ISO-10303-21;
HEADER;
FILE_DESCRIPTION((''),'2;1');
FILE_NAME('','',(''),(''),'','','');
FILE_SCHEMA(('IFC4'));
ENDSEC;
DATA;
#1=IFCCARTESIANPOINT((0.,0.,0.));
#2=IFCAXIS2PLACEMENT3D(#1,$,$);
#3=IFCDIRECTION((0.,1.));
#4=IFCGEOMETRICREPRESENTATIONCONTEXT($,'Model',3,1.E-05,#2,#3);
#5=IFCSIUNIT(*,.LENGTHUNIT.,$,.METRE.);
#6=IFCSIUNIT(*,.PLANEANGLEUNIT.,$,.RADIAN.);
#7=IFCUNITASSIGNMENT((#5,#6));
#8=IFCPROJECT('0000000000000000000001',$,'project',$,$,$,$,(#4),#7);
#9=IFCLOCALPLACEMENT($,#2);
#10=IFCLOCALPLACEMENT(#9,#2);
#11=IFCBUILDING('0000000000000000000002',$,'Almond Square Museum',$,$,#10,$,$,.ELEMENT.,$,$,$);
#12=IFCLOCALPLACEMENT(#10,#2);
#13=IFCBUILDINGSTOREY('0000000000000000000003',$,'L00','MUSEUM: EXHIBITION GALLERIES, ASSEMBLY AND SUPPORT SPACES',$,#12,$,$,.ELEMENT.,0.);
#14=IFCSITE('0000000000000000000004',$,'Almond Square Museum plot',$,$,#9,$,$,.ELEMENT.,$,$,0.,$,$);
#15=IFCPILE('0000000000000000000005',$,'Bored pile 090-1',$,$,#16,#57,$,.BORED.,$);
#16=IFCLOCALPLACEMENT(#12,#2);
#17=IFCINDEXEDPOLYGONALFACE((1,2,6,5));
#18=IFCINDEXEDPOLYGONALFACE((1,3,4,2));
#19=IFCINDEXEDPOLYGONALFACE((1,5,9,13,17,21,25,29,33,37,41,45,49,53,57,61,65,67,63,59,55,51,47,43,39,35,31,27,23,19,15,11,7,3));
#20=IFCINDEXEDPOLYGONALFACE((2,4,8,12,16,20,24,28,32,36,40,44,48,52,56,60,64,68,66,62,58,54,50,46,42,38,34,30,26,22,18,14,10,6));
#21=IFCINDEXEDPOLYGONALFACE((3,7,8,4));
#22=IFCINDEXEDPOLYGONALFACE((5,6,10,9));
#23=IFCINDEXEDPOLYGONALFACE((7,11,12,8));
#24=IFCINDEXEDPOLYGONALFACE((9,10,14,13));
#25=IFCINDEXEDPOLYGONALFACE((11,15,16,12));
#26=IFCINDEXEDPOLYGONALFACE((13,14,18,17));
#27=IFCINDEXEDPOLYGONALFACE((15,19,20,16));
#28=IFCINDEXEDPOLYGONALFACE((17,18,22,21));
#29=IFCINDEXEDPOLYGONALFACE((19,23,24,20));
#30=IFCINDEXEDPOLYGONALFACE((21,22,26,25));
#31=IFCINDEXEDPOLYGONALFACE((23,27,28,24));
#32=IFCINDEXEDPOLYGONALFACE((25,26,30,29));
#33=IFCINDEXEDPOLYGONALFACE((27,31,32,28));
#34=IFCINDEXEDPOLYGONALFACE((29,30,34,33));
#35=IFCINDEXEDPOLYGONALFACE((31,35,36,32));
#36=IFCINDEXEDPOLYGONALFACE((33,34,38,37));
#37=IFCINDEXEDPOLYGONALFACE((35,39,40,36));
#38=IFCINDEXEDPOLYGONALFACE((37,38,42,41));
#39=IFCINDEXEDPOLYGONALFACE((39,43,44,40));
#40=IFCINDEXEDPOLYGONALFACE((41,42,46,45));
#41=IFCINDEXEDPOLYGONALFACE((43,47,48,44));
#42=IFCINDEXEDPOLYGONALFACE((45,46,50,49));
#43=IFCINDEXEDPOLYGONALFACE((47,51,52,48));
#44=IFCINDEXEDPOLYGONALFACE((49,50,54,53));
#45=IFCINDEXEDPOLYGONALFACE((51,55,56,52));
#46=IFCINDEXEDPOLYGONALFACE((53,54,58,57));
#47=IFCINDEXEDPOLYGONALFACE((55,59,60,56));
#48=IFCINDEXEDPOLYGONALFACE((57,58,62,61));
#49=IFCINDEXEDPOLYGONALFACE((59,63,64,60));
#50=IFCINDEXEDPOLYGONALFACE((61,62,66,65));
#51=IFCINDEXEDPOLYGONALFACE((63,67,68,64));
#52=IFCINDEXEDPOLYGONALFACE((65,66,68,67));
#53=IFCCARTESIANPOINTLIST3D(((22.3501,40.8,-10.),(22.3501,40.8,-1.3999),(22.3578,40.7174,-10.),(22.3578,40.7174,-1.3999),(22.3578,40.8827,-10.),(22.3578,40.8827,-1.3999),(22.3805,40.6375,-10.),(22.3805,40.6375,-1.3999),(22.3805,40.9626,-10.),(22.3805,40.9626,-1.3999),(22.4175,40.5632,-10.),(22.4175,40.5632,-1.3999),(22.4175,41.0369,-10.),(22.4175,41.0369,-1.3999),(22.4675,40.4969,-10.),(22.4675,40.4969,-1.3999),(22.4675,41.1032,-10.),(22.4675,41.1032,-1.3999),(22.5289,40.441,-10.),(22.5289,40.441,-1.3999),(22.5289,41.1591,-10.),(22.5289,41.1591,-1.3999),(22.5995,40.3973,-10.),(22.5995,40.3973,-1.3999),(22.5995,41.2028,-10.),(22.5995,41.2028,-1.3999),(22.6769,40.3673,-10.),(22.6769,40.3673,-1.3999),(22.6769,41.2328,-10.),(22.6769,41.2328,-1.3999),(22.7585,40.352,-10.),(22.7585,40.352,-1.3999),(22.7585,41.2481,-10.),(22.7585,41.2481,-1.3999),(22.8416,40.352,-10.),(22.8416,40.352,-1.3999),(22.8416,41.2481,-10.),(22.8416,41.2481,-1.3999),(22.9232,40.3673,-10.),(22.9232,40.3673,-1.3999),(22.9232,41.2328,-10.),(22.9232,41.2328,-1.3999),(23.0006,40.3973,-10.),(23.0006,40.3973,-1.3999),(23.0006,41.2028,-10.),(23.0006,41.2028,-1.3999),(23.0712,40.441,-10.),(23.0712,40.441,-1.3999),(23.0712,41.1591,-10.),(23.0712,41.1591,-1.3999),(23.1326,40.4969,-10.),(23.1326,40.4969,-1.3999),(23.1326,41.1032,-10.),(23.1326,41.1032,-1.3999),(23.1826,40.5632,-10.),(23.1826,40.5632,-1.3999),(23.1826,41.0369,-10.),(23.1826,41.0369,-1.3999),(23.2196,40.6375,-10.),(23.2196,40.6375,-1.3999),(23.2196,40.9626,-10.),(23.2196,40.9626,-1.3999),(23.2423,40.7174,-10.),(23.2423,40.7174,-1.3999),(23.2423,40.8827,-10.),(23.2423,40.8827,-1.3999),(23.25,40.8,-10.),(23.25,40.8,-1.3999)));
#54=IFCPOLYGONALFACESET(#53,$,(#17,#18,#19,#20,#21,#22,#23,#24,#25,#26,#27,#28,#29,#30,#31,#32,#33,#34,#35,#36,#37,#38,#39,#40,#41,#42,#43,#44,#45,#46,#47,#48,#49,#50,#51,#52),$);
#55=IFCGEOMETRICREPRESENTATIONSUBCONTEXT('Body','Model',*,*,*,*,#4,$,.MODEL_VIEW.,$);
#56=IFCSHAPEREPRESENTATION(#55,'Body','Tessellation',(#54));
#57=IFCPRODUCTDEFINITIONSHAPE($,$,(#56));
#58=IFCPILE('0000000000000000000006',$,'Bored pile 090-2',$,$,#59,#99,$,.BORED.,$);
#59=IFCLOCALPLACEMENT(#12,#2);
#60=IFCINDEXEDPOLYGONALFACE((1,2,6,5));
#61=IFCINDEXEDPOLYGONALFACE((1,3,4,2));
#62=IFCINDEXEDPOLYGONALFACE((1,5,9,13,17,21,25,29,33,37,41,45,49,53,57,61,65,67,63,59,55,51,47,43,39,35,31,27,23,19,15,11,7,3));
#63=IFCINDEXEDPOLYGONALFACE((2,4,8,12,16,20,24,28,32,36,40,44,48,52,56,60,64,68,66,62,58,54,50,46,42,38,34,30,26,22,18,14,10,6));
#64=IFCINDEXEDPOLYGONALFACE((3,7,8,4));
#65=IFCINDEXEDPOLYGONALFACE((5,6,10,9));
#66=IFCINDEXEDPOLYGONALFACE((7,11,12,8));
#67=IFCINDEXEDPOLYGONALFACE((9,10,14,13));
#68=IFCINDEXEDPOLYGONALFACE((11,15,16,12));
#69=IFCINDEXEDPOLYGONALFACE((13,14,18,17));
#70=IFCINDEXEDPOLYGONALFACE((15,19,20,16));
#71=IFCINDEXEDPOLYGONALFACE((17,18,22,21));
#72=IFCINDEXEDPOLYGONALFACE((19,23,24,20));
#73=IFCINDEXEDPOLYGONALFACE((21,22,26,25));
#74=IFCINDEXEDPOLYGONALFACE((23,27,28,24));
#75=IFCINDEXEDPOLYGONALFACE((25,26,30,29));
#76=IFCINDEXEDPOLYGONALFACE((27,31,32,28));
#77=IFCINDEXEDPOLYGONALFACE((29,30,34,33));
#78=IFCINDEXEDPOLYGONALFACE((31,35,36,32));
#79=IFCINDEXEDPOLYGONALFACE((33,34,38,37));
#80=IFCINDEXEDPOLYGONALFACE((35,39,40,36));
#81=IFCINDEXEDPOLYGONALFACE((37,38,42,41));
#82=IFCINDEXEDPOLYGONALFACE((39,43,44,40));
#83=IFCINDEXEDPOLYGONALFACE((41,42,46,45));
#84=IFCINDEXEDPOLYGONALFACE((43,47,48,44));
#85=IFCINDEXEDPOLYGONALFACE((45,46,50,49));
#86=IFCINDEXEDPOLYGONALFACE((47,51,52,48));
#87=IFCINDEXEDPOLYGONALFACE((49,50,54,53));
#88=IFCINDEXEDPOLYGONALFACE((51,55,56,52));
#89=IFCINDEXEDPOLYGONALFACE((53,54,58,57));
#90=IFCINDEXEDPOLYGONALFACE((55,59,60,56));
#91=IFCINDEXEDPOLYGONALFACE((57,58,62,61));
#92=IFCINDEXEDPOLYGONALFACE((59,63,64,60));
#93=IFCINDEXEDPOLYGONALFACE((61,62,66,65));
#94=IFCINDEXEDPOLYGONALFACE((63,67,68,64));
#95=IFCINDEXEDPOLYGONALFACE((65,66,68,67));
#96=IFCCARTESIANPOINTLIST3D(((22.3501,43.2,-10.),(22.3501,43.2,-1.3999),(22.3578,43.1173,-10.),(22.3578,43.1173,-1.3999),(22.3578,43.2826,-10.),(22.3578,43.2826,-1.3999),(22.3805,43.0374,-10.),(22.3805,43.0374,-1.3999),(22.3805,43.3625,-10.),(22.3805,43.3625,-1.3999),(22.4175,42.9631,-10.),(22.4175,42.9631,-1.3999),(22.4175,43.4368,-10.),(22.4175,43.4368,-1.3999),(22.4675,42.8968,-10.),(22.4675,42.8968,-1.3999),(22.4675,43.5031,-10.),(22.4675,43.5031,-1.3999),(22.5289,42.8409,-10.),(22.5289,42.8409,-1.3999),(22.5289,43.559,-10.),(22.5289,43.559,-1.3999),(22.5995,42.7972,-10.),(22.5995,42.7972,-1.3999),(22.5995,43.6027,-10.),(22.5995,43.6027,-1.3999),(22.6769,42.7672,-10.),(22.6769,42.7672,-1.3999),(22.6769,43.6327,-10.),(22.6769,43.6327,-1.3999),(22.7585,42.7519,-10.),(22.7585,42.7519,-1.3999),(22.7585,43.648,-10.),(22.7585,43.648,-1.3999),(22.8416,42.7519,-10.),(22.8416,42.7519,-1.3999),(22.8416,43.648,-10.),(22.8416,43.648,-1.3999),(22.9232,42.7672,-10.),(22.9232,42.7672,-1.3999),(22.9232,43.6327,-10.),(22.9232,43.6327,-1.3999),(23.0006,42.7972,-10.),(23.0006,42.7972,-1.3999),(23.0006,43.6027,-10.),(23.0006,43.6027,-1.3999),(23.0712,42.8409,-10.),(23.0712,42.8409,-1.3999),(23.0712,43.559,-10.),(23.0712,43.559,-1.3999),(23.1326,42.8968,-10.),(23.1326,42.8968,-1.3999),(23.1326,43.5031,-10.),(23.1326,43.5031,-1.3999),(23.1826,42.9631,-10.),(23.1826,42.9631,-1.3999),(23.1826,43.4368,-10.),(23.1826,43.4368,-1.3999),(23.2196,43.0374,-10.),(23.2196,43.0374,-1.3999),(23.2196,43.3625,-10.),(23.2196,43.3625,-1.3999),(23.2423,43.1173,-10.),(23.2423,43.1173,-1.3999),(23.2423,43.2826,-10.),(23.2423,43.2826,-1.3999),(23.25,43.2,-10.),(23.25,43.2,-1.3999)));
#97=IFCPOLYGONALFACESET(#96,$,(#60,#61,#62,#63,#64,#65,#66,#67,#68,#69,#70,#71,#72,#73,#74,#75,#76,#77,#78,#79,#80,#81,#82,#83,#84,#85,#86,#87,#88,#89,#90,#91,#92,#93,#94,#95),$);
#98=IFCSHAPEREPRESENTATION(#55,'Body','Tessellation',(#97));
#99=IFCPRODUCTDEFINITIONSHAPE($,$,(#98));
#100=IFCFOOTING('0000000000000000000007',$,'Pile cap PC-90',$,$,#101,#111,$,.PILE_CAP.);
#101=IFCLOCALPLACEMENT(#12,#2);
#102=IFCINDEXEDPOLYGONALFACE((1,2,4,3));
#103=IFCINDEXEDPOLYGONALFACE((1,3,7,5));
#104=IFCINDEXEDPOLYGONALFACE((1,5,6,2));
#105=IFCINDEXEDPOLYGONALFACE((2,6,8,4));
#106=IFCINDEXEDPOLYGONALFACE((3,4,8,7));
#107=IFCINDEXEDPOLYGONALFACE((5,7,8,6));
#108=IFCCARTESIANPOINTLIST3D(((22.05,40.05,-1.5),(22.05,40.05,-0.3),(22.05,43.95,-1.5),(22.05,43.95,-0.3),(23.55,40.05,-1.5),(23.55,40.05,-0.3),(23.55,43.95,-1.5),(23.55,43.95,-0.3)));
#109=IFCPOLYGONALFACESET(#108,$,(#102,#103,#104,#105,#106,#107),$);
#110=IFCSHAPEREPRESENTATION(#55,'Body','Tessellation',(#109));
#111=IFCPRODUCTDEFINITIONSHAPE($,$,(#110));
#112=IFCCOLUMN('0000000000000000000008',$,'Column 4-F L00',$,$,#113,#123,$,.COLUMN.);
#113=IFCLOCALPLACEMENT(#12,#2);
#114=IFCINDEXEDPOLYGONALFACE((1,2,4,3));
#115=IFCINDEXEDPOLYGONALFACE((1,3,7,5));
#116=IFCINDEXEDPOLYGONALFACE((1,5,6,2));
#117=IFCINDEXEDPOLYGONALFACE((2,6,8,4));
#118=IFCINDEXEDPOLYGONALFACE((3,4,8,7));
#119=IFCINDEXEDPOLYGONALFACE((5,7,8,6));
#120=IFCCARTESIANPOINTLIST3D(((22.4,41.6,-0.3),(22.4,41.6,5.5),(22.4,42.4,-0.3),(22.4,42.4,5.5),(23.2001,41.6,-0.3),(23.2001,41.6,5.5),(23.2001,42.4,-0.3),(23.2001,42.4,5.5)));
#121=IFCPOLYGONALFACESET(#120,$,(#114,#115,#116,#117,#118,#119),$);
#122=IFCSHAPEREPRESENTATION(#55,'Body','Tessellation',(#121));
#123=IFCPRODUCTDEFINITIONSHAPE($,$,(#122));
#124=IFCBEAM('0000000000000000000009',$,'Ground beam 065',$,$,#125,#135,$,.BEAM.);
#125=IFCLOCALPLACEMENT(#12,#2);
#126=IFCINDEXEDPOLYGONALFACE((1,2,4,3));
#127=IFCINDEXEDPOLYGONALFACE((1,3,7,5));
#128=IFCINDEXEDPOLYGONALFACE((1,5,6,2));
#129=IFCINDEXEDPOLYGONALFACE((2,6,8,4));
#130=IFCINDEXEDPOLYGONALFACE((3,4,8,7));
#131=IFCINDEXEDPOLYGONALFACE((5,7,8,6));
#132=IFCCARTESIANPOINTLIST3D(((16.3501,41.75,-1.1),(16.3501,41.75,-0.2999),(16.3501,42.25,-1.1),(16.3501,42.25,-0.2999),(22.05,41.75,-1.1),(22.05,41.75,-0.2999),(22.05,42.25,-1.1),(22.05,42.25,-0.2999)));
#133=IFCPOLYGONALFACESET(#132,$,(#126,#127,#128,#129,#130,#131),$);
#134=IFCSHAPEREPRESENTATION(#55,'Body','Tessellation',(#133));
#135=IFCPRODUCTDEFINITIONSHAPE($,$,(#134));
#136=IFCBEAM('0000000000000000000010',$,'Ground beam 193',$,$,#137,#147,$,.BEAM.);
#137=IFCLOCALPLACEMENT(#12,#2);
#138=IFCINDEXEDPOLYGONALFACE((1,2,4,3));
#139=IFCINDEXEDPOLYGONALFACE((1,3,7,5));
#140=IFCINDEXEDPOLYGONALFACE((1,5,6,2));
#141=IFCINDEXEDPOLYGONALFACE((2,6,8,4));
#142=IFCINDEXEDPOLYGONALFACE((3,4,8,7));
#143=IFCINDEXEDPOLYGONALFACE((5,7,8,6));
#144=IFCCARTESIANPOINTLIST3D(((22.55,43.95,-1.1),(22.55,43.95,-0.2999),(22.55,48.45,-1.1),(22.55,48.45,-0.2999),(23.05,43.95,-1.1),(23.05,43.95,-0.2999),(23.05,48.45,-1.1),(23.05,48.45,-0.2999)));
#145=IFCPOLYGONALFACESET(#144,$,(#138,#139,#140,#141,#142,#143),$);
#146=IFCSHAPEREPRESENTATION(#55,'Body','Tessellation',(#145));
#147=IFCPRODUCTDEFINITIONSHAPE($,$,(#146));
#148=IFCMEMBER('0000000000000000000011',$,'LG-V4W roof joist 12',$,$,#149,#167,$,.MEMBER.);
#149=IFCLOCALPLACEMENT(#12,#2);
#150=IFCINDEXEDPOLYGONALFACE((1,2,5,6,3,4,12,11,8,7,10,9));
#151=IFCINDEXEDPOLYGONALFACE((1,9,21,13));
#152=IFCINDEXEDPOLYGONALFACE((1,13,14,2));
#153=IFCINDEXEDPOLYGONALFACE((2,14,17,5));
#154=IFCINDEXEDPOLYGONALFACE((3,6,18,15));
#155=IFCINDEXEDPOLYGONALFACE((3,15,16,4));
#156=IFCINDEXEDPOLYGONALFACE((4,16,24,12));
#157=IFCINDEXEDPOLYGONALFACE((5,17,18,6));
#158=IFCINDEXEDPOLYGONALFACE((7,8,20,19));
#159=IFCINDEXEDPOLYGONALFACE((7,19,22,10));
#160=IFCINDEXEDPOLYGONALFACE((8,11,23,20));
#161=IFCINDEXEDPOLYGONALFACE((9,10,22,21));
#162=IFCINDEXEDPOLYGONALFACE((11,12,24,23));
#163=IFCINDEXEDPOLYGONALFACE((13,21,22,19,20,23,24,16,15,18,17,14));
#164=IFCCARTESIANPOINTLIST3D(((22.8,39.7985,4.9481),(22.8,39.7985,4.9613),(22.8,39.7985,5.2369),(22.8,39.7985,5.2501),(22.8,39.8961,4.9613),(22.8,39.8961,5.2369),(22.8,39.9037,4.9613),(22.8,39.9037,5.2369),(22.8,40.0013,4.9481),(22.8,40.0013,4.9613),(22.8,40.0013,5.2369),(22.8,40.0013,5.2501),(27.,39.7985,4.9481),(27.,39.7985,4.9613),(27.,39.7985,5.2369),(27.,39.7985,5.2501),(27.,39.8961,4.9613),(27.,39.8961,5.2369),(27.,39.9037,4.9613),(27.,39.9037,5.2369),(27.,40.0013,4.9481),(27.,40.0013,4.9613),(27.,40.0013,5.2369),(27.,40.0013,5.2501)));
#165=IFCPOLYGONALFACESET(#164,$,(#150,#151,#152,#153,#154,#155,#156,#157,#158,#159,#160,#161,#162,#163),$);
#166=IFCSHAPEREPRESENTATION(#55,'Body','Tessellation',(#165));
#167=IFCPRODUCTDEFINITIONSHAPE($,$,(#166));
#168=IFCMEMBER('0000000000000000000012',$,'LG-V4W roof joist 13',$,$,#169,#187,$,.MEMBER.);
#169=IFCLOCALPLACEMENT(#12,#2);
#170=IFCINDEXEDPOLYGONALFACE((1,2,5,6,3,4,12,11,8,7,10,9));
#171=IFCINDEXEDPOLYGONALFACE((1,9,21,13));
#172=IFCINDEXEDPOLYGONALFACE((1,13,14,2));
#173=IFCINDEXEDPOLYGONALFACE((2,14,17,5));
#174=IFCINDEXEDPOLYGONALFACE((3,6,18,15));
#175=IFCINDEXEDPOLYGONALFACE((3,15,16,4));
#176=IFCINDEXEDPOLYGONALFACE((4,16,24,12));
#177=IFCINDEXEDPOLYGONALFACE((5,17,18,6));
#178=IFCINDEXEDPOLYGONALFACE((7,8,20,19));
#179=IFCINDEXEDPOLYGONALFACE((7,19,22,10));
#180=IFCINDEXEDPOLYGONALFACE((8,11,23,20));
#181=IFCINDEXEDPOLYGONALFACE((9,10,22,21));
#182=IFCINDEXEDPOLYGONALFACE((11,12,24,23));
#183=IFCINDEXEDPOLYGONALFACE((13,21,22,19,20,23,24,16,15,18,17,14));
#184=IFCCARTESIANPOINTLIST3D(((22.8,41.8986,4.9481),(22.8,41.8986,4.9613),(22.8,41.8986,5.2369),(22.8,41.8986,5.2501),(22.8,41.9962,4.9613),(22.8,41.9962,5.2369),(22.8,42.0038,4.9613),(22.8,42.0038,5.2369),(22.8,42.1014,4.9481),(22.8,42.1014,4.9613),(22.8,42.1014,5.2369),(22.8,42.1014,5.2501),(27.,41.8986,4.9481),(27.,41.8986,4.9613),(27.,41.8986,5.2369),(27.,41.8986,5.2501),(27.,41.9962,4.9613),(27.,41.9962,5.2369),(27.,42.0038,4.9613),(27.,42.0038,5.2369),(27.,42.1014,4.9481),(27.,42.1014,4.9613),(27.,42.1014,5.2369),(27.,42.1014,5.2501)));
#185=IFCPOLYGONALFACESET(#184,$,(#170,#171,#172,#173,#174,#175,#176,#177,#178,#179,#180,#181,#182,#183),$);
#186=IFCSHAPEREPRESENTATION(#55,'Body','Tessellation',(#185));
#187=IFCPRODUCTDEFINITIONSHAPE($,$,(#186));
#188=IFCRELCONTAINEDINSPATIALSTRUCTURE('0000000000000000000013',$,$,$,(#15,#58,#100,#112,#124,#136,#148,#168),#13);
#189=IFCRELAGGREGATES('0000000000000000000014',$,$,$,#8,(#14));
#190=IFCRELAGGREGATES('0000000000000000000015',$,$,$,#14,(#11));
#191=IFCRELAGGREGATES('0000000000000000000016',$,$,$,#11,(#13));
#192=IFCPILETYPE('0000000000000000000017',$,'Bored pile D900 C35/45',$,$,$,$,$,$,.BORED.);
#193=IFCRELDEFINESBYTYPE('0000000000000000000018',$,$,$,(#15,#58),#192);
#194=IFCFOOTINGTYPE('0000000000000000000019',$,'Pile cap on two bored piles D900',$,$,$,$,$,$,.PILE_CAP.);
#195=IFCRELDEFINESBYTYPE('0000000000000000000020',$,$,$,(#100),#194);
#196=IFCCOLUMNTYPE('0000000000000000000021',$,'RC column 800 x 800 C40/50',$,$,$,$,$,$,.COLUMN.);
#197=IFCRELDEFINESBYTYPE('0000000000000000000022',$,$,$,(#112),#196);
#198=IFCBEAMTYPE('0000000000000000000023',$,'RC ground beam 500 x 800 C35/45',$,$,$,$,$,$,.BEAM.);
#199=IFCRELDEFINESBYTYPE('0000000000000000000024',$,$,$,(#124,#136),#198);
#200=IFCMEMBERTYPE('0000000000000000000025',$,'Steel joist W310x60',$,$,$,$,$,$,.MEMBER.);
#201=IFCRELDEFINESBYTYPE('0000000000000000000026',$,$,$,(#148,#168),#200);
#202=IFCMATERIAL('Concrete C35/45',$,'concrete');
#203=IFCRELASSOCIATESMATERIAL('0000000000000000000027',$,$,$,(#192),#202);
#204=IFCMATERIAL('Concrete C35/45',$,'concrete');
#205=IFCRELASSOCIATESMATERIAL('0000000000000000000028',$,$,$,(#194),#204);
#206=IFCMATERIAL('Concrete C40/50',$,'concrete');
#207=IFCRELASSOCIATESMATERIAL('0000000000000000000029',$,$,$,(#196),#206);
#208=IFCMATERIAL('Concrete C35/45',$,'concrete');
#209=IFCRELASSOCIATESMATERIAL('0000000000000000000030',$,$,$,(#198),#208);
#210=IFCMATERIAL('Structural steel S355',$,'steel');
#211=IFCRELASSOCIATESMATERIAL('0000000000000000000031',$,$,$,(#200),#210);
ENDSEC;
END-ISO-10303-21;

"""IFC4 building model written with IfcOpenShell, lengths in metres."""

from ifc_helpers import new_model, si_unit, direction, frame, origin, origin_2d, place, context, subcontext, project, spatial, rectangle, circle, i_section, extrude, material, material_profile, profile_set, type_object, element, save


model = new_model("IFC4")

# Units and contexts
model_context = context("Model", 3, precision=1e-05, world=origin(), true_north=direction((0.0, 1.0)))
body_context = subcontext(model_context, "Body", "Model", "MODEL_VIEW")
ifc_project = project(units=[si_unit("LENGTHUNIT", "METRE"), si_unit("PLANEANGLEUNIT", "RADIAN")], contexts=[model_context])

# Site, building, storey
site_placement = place(None, origin())
site = spatial("IfcSite", under=ifc_project, at=site_placement, Name="Almond Square Museum plot", CompositionType="ELEMENT", RefElevation=0.0)
building_placement = place(site_placement, origin())
building = spatial("IfcBuilding", under=site, at=building_placement, Name="Almond Square Museum", CompositionType="ELEMENT")
storey_placement = place(building_placement, origin())
storey = spatial("IfcBuildingStorey", under=building, at=storey_placement, Name="L00", Description="MUSEUM: EXHIBITION GALLERIES, ASSEMBLY AND SUPPORT SPACES", CompositionType="ELEMENT", Elevation=0.0)

# Piles
ifc_material_1 = material(Name="Concrete C35/45", Category="concrete")
ifc_material_profile_1 = material_profile(ifc_material_1, circle(Radius=0.45, at=origin_2d()))
ifc_profile_set_1 = profile_set([ifc_material_profile_1], Name="Concrete C35/45")
pile_type = type_object("IfcPileType", Name="Bored pile D900 C35/45", PredefinedType="BORED", material=ifc_profile_set_1)
for number, where, z_axis, x_axis, name in (
    (1, (22.8, 40.8, -1.3999), (0.0, 0.0, -1.0), (1.0, 0.0, 0.0), "Bored pile 090-1"),
    (2, (22.8, 43.2, -1.3999), (0.0, 0.0, -1.0), (1.0, 0.0, 0.0), "Bored pile 090-2"),
):
    element("IfcPile", number, at=place(storey_placement, frame(where, z_axis=z_axis, x_axis=x_axis)), inside=storey, type_object=pile_type, Name=name, PredefinedType="BORED", context=body_context, shape_type="SweptSolid", body=[
        extrude(circle(Radius=0.45, at=origin_2d()), origin(), (0.0, 0.0, 1.0), 8.6001),
    ])

# Footing
ifc_material_2 = material(Name="Concrete C35/45", Category="concrete")
footing_type = type_object("IfcFootingType", Name="Pile cap on two bored piles D900", PredefinedType="PILE_CAP", material=ifc_material_2)
footing_placement = place(storey_placement, frame((22.8, 42.0, -1.5), z_axis=(0.0, 0.0, 1.0), x_axis=(1.0, 0.0, 0.0)))
element("IfcFooting", 3, at=footing_placement, inside=storey, type_object=footing_type, Name="Pile cap PC-90", PredefinedType="PILE_CAP", context=body_context, shape_type="SweptSolid", body=[
    extrude(rectangle(XDim=1.5, YDim=3.8999, at=origin_2d()), origin(), (0.0, 0.0, 1.0), 1.2),
])

# Column
ifc_material_3 = material(Name="Concrete C40/50", Category="concrete")
ifc_material_profile_2 = material_profile(ifc_material_3, rectangle(XDim=0.8, YDim=0.8, at=origin_2d()))
ifc_profile_set_2 = profile_set([ifc_material_profile_2], Name="Concrete C40/50")
column_type = type_object("IfcColumnType", Name="RC column 800 x 800 C40/50", PredefinedType="COLUMN", material=ifc_profile_set_2)
column_placement = place(storey_placement, frame((22.8, 42.0, -0.3), z_axis=(0.0, 0.0, 1.0), x_axis=(1.0, 0.0, 0.0)))
element("IfcColumn", 4, at=column_placement, inside=storey, type_object=column_type, Name="Column 4-F L00", PredefinedType="COLUMN", context=body_context, shape_type="SweptSolid", body=[
    extrude(rectangle(XDim=0.8, YDim=0.8, at=origin_2d()), origin(), (0.0, 0.0, 1.0), 5.8),
])

# Beams
ifc_material_4 = material(Name="Concrete C35/45", Category="concrete")
ifc_material_profile_3 = material_profile(ifc_material_4, rectangle(XDim=0.5, YDim=0.8, at=origin_2d()))
ifc_profile_set_3 = profile_set([ifc_material_profile_3], Name="Concrete C35/45")
beam_type = type_object("IfcBeamType", Name="RC ground beam 500 x 800 C35/45", PredefinedType="BEAM", material=ifc_profile_set_3)
beam_1_placement = place(storey_placement, frame((16.3501, 42.0, -0.7), z_axis=(1.0, 0.0, 0.0), x_axis=(0.0, 1.0, 0.0)))
element("IfcBeam", 5, at=beam_1_placement, inside=storey, type_object=beam_type, Name="Ground beam 065", PredefinedType="BEAM", context=body_context, shape_type="SweptSolid", body=[
    extrude(rectangle(XDim=0.5, YDim=0.8, at=origin_2d()), origin(), (0.0, 0.0, 1.0), 5.7),
])
beam_2_placement = place(storey_placement, frame((22.8, 43.95, -0.7), z_axis=(0.0, 1.0, 0.0), x_axis=(-1.0, 0.0, 0.0)))
element("IfcBeam", 6, at=beam_2_placement, inside=storey, type_object=beam_type, Name="Ground beam 193", PredefinedType="BEAM", context=body_context, shape_type="SweptSolid", body=[
    extrude(rectangle(XDim=0.5, YDim=0.8, at=origin_2d()), origin(), (0.0, 0.0, 1.0), 4.5),
])

# Members
ifc_material_5 = material(Name="Structural steel S355", Category="steel")
ifc_material_profile_4 = material_profile(ifc_material_5, i_section(OverallWidth=0.2029, OverallDepth=0.302, WebThickness=0.0076, FlangeThickness=0.0132, at=origin_2d()))
ifc_profile_set_4 = profile_set([ifc_material_profile_4], Name="Structural steel S355")
member_type = type_object("IfcMemberType", Name="Steel joist W310x60", PredefinedType="MEMBER", material=ifc_profile_set_4)
for number, where, z_axis, x_axis, name in (
    (7, (22.8, 39.8999, 5.0991), (1.0, 0.0, 0.0), (0.0, 1.0, 0.0), "LG-V4W roof joist 12"),
    (8, (22.8, 42.0, 5.0991), (1.0, 0.0, 0.0), (0.0, 1.0, 0.0), "LG-V4W roof joist 13"),
):
    element("IfcMember", number, at=place(storey_placement, frame(where, z_axis=z_axis, x_axis=x_axis)), inside=storey, type_object=member_type, Name=name, PredefinedType="MEMBER", context=body_context, shape_type="SweptSolid", body=[
        extrude(i_section(OverallWidth=0.2029, OverallDepth=0.302, WebThickness=0.0076, FlangeThickness=0.0132, at=origin_2d()), origin(), (0.0, 0.0, 1.0), 4.2),
    ])

save(model, "model.ifc")
